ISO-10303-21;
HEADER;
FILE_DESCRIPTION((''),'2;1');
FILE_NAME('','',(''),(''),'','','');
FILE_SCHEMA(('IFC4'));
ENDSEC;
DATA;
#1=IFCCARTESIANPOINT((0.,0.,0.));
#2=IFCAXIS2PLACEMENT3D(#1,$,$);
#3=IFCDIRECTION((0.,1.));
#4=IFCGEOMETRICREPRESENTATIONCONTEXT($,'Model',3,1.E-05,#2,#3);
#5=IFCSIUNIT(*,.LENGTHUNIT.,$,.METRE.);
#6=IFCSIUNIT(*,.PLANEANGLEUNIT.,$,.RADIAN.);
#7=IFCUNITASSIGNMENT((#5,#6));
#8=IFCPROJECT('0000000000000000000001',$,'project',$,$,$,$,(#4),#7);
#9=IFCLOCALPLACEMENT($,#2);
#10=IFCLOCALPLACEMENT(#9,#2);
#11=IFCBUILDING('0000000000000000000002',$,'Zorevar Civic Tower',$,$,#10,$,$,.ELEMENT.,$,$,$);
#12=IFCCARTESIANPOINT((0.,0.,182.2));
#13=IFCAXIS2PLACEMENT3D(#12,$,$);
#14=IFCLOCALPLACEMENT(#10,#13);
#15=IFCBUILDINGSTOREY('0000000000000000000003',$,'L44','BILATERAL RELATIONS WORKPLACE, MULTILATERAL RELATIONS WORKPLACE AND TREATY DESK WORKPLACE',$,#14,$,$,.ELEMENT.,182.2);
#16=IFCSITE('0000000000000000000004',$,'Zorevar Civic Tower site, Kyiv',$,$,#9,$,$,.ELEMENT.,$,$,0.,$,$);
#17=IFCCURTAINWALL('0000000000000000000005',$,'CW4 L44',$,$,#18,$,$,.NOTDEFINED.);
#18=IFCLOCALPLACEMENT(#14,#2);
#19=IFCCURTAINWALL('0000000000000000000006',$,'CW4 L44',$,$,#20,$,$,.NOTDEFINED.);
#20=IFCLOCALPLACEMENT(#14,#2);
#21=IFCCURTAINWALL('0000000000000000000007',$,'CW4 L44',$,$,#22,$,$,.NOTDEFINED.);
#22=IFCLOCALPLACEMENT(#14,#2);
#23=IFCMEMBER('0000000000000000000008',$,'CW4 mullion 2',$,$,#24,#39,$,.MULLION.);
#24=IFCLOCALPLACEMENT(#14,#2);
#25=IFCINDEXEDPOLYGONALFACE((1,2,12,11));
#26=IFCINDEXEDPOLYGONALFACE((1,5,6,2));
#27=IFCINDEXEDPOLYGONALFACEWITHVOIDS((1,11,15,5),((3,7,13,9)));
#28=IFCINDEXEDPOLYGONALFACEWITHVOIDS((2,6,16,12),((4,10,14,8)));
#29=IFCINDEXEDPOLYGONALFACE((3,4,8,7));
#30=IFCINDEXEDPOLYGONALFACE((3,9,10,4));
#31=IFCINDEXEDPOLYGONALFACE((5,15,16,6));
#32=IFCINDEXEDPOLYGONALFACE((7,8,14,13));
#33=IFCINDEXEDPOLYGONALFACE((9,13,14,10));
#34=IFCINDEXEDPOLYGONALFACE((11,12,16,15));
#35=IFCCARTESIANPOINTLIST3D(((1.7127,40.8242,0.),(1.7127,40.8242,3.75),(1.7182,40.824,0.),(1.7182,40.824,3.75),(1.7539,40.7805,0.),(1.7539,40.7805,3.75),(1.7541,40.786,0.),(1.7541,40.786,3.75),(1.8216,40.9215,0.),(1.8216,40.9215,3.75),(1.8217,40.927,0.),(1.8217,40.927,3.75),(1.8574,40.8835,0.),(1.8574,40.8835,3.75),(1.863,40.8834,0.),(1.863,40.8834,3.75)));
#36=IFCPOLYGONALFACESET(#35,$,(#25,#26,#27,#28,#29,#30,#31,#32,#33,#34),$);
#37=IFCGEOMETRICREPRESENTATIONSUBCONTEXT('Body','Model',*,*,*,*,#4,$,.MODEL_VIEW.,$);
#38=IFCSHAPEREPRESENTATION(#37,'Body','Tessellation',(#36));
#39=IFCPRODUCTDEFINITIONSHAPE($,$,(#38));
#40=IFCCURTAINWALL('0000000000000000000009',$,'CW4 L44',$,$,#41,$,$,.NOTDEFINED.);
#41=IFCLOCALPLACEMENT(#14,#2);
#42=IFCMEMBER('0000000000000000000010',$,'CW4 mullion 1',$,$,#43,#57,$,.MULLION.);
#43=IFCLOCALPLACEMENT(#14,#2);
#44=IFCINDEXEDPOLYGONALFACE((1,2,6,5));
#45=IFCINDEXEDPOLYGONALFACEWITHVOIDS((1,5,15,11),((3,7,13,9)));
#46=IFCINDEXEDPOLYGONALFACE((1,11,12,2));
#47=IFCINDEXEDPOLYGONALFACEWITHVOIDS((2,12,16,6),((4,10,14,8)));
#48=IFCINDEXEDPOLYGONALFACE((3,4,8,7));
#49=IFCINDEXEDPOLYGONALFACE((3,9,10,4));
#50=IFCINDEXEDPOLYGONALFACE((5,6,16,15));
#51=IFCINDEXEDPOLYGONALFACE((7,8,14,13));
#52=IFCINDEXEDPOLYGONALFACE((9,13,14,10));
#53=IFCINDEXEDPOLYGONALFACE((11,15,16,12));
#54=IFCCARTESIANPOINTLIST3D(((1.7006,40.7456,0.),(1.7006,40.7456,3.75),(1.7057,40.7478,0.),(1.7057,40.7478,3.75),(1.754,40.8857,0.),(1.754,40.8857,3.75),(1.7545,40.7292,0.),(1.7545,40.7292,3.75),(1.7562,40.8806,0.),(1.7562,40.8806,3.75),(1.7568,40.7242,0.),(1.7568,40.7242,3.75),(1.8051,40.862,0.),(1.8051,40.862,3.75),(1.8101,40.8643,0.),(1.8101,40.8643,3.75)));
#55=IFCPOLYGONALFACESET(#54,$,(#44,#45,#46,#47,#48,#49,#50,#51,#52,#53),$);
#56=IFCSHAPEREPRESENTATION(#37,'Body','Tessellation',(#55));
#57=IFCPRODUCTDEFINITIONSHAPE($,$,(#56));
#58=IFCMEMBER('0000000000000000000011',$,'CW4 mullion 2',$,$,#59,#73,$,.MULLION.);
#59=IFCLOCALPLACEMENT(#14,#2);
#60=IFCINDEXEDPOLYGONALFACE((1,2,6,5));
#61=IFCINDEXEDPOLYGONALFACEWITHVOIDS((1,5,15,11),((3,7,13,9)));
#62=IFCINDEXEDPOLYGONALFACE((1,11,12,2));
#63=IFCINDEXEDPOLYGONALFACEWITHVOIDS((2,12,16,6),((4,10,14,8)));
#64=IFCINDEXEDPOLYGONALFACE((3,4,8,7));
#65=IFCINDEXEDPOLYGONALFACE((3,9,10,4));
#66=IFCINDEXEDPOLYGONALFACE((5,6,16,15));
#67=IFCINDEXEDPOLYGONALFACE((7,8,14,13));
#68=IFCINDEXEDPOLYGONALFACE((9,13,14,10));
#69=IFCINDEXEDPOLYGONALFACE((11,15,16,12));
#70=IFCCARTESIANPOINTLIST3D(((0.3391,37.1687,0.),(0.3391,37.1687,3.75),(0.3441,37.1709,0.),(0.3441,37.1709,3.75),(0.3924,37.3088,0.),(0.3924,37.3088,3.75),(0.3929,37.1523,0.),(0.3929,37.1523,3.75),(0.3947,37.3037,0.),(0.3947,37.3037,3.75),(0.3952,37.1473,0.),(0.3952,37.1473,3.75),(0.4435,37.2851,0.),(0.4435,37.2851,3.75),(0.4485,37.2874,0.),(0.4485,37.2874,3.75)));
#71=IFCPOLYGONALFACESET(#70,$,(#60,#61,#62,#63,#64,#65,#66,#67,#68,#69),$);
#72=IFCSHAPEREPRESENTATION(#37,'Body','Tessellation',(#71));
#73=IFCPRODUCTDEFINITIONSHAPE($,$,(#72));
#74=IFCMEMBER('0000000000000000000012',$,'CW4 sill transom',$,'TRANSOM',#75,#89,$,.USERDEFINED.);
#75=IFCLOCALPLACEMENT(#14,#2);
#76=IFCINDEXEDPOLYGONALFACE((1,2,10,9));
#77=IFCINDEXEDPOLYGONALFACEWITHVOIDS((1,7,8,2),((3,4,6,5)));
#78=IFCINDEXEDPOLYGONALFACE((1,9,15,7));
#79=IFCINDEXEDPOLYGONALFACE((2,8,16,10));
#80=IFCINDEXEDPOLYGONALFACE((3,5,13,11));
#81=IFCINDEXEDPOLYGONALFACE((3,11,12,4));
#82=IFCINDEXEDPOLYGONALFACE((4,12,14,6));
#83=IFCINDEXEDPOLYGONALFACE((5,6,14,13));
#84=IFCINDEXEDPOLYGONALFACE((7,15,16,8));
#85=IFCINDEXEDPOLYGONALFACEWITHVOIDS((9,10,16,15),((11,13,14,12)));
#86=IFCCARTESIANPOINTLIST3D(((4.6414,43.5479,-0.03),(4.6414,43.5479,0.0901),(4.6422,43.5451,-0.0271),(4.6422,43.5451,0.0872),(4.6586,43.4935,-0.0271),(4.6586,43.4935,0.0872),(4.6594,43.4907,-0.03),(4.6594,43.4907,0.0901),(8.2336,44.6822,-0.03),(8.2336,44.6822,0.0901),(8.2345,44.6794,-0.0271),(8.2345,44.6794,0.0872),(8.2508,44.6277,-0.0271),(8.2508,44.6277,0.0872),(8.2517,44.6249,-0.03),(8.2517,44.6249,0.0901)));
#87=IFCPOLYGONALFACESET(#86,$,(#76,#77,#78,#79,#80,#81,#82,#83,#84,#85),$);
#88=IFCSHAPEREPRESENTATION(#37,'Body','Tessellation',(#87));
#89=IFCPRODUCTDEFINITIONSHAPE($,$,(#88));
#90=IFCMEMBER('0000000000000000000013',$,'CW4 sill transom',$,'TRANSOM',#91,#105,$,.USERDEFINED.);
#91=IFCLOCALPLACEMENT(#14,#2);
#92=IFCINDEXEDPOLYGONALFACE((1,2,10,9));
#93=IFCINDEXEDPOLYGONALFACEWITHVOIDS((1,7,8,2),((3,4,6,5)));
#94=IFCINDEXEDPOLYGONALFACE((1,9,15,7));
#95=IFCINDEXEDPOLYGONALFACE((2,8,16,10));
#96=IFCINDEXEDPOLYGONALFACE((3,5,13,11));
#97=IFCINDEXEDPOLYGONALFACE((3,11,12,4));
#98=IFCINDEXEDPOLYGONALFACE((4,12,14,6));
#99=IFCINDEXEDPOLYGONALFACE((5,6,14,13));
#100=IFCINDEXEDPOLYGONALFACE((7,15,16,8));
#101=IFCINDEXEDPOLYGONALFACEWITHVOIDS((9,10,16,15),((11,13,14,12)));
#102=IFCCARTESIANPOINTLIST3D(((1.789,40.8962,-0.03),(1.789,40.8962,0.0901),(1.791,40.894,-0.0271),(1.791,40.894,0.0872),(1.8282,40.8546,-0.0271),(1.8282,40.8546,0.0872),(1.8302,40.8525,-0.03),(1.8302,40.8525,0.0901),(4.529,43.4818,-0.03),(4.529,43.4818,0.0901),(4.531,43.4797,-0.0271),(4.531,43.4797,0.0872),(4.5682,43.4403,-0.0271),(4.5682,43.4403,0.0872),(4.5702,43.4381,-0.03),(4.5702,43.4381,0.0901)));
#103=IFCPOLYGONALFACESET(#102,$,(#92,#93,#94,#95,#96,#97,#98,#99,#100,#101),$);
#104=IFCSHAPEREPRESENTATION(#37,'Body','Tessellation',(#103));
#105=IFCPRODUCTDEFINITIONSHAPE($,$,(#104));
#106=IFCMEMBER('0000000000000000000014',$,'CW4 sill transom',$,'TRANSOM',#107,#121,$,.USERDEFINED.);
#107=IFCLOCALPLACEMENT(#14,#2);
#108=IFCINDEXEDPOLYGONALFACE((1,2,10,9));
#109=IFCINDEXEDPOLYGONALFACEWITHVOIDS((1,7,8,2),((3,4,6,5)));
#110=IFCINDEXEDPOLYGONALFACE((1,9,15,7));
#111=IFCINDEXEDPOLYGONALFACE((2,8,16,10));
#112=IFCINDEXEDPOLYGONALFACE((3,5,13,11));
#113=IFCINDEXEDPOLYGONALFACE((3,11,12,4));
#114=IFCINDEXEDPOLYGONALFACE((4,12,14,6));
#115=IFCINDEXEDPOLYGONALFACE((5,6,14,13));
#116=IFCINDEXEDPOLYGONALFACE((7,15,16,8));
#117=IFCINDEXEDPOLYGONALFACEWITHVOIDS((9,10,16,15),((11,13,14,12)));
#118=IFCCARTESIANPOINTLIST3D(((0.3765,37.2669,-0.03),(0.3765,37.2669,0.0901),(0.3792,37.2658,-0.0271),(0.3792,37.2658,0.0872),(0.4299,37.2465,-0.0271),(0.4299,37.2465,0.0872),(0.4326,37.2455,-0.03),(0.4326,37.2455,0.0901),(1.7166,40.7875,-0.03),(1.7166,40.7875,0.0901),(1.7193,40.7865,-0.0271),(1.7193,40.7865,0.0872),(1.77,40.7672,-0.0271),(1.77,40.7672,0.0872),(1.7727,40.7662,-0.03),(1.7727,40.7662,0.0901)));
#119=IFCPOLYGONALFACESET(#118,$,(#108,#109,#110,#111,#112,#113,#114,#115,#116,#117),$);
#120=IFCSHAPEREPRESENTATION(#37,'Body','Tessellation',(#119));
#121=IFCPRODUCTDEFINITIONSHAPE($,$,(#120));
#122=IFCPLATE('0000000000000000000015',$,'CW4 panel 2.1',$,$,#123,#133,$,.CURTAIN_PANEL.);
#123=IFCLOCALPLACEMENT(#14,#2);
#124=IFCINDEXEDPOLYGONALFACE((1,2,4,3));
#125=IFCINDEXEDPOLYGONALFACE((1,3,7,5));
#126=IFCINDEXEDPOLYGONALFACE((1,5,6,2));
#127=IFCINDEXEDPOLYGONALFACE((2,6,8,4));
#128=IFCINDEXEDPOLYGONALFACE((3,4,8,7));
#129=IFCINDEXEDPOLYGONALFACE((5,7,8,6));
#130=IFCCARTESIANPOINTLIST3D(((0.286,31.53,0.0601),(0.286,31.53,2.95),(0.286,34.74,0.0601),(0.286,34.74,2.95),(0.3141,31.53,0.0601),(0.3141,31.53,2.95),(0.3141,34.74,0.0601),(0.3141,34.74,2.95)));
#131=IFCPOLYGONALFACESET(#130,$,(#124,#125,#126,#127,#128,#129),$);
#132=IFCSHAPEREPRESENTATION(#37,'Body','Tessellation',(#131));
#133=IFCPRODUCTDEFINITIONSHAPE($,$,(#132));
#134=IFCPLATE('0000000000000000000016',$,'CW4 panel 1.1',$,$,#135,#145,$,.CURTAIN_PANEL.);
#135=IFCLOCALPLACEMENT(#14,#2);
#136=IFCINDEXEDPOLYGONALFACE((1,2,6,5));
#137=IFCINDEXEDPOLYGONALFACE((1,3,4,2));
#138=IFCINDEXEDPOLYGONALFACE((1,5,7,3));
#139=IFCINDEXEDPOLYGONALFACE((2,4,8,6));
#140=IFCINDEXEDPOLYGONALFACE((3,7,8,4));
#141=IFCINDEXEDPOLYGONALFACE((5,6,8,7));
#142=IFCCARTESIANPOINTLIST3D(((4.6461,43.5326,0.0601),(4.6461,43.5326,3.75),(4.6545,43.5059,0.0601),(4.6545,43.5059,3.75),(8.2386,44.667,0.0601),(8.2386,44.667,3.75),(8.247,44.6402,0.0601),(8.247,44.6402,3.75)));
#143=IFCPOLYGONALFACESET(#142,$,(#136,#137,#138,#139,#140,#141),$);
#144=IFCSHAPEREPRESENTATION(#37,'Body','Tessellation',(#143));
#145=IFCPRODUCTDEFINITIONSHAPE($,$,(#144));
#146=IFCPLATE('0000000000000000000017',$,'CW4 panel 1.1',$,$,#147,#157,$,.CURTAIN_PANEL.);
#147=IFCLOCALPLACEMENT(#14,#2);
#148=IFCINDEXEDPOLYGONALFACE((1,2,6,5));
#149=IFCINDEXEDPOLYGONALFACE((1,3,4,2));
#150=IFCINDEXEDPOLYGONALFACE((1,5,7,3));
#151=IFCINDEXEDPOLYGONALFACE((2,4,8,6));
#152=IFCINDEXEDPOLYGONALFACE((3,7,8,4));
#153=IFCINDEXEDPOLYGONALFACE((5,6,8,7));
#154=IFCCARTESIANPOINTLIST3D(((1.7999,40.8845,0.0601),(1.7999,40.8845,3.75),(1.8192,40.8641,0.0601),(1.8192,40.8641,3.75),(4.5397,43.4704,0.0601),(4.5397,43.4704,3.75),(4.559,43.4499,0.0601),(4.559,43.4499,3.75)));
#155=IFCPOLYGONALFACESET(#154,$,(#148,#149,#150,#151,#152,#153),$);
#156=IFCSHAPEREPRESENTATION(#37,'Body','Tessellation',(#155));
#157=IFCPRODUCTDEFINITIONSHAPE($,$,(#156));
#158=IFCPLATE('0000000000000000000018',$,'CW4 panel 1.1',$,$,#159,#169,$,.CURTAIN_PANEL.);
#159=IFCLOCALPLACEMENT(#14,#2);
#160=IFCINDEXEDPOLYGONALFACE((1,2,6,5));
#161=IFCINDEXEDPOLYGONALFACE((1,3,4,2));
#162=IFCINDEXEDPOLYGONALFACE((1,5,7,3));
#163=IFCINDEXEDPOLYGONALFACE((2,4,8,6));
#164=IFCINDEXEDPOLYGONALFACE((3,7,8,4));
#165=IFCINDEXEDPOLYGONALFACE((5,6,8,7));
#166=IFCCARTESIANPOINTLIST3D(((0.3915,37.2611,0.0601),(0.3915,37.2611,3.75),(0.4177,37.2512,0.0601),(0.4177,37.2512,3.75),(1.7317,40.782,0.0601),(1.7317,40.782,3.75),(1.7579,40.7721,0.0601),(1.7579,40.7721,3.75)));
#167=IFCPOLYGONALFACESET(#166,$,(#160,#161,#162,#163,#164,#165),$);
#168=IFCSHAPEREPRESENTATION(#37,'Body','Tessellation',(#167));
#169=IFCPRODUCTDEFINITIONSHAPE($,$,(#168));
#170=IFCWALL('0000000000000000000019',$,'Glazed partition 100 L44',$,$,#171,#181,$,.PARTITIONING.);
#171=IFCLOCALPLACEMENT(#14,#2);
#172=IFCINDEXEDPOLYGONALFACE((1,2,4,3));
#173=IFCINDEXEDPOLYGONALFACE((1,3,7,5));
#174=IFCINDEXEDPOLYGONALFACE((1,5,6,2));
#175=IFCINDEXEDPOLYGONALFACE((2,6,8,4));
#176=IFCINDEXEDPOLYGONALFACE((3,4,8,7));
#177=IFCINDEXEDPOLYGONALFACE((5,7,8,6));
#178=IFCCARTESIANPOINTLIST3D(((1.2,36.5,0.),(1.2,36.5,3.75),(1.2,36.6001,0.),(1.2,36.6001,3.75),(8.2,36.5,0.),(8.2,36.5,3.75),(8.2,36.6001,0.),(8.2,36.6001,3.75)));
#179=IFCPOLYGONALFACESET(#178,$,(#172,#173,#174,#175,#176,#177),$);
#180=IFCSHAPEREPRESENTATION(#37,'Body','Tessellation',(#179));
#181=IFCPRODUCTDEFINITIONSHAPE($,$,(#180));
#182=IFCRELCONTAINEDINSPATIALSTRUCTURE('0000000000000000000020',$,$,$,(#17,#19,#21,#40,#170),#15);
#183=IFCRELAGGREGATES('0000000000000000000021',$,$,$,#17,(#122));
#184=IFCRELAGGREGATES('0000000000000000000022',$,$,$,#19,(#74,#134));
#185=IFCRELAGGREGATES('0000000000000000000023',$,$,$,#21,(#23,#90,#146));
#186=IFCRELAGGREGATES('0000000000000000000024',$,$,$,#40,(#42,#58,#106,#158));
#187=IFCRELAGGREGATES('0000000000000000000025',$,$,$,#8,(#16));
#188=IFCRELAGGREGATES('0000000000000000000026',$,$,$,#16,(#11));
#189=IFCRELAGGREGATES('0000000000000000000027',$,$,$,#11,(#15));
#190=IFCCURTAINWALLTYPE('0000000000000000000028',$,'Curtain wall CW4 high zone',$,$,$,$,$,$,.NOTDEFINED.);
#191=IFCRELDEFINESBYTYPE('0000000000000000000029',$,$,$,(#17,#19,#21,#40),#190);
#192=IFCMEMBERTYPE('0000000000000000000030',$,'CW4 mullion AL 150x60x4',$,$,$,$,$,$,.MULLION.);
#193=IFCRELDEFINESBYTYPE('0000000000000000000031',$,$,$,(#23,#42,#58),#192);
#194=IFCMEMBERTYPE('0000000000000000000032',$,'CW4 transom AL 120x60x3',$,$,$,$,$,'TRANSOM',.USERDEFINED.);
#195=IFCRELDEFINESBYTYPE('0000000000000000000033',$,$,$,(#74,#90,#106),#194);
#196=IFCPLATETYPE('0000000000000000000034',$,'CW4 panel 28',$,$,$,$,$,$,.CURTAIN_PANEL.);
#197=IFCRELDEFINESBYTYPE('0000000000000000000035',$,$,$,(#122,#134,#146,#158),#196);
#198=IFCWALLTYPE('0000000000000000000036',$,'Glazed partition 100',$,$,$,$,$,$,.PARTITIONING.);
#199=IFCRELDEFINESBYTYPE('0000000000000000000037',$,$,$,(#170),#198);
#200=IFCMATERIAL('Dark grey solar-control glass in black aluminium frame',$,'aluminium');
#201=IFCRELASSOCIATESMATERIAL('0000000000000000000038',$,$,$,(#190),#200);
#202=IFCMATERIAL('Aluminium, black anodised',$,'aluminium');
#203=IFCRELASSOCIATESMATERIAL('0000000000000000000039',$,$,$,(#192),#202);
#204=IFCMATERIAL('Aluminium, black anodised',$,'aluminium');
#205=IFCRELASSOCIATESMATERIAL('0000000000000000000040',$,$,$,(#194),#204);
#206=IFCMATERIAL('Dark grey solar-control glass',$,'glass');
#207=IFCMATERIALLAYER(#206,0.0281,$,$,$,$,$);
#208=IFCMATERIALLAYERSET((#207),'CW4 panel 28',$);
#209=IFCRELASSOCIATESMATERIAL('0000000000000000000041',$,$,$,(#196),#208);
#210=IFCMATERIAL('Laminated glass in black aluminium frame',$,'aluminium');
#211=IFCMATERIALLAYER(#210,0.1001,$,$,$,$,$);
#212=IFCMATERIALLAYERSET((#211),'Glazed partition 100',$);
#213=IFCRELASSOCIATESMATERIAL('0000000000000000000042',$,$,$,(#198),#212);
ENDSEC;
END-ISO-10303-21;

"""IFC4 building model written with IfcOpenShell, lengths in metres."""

from ifc_helpers import new_model, si_unit, direction, frame, frame_2d, origin, origin_2d, place, context, subcontext, project, spatial, rectangle, hollow_rectangle, extrude, material, layer, layer_set, material_profile, profile_set, type_object, element, aggregate, save


model = new_model("IFC4")

# Units and contexts
model_context = context("Model", 3, precision=1e-05, world=origin(), true_north=direction((0.0, 1.0)))
body_context = subcontext(model_context, "Body", "Model", "MODEL_VIEW")
ifc_project = project(units=[si_unit("LENGTHUNIT", "METRE"), si_unit("PLANEANGLEUNIT", "RADIAN")], contexts=[model_context])

# Site, building, storey
site_placement = place(None, origin())
site = spatial("IfcSite", under=ifc_project, at=site_placement, Name="Zorevar Civic Tower site, Kyiv", CompositionType="ELEMENT", RefElevation=0.0)
building_placement = place(site_placement, origin())
building = spatial("IfcBuilding", under=site, at=building_placement, Name="Zorevar Civic Tower", CompositionType="ELEMENT")
storey_placement = place(building_placement, frame((0.0, 0.0, 182.2)))
storey = spatial("IfcBuildingStorey", under=building, at=storey_placement, Name="L44", Description="BILATERAL RELATIONS WORKPLACE, MULTILATERAL RELATIONS WORKPLACE AND TREATY DESK WORKPLACE", CompositionType="ELEMENT", Elevation=182.2)

# Curtain walls, members
ifc_material_1 = material(Name="Dark grey solar-control glass in black aluminium frame", Category="aluminium")
curtain_wall_type = type_object("IfcCurtainWallType", Name="Curtain wall CW4 high zone", PredefinedType="NOTDEFINED", material=ifc_material_1)
curtain_wall_1_placement = place(storey_placement, origin())
curtain_wall_1 = element("IfcCurtainWall", 1, at=curtain_wall_1_placement, inside=storey, type_object=curtain_wall_type, Name="CW4 L44", PredefinedType="NOTDEFINED")
ifc_material_2 = material(Name="Aluminium, black anodised", Category="aluminium")
ifc_material_profile_1 = material_profile(ifc_material_2, hollow_rectangle(XDim=0.0601, YDim=0.1499, WallThickness=0.0039, at=origin_2d()), Name="AL 150x60x4")
ifc_profile_set_1 = profile_set([ifc_material_profile_1], Name="Aluminium, black anodised")
member_type_1 = type_object("IfcMemberType", Name="CW4 mullion AL 150x60x4", PredefinedType="MULLION", material=ifc_profile_set_1)
curtain_wall_2_placement = place(storey_placement, origin())
curtain_wall_2 = element("IfcCurtainWall", 2, at=curtain_wall_2_placement, inside=storey, type_object=curtain_wall_type, Name="CW4 L44", PredefinedType="NOTDEFINED")
curtain_wall_3_placement = place(storey_placement, origin())
curtain_wall_3 = element("IfcCurtainWall", 3, at=curtain_wall_3_placement, inside=storey, type_object=curtain_wall_type, Name="CW4 L44", PredefinedType="NOTDEFINED")
member_1_placement = place(storey_placement, frame((1.7878, 40.8538, 0.0), z_axis=(0.0, 0.0, 1.0), x_axis=(0.686378, -0.727245, 0.0)))
member_1 = element("IfcMember", 4, at=member_1_placement, type_object=member_type_1, Name="CW4 mullion 2", PredefinedType="MULLION", context=body_context, shape_type="SweptSolid", body=[
    extrude(hollow_rectangle(XDim=0.0601, YDim=0.1499, WallThickness=0.0039, at=origin_2d()), origin(), (0.0, 0.0, 1.0), 3.75),
])
curtain_wall_4_placement = place(storey_placement, origin())
curtain_wall_4 = element("IfcCurtainWall", 5, at=curtain_wall_4_placement, inside=storey, type_object=curtain_wall_type, Name="CW4 L44", PredefinedType="NOTDEFINED")
member_2_placement = place(storey_placement, frame((1.7554, 40.8049, 0.0), z_axis=(0.0, 0.0, 1.0), x_axis=(0.934588, -0.355731, 0.0)))
member_2 = element("IfcMember", 6, at=member_2_placement, type_object=member_type_1, Name="CW4 mullion 1", PredefinedType="MULLION", context=body_context, shape_type="SweptSolid", body=[
    extrude(hollow_rectangle(XDim=0.0601, YDim=0.1499, WallThickness=0.0039, at=origin_2d()), origin(), (0.0, 0.0, 1.0), 3.75),
])
member_3_placement = place(storey_placement, frame((0.3938, 37.228, 0.0), z_axis=(0.0, 0.0, 1.0), x_axis=(0.934588, -0.355731, 0.0)))
member_3 = element("IfcMember", 7, at=member_3_placement, type_object=member_type_1, Name="CW4 mullion 2", PredefinedType="MULLION", context=body_context, shape_type="SweptSolid", body=[
    extrude(hollow_rectangle(XDim=0.0601, YDim=0.1499, WallThickness=0.0039, at=origin_2d()), origin(), (0.0, 0.0, 1.0), 3.75),
])

# Members
ifc_material_3 = material(Name="Aluminium, black anodised", Category="aluminium")
ifc_material_profile_2 = material_profile(ifc_material_3, hollow_rectangle(XDim=0.0601, YDim=0.1201, WallThickness=0.0029, at=origin_2d()), Name="AL 120x60x3")
ifc_profile_set_2 = profile_set([ifc_material_profile_2], Name="Aluminium, black anodised")
member_type_2 = type_object("IfcMemberType", Name="CW4 transom AL 120x60x3", ElementType="TRANSOM", PredefinedType="USERDEFINED", material=ifc_profile_set_2)
member_4_placement = place(storey_placement, frame((8.2427, 44.6536, 0.03), z_axis=(-0.953592, -0.3011, 0.0), x_axis=(0.3011, -0.953592, 0.0)))
member_4 = element("IfcMember", 8, at=member_4_placement, type_object=member_type_2, Name="CW4 sill transom", ObjectType="TRANSOM", PredefinedType="USERDEFINED", context=body_context, shape_type="SweptSolid", body=[
    extrude(hollow_rectangle(XDim=0.0601, YDim=0.1201, WallThickness=0.0029, at=origin_2d()), origin(), (0.0, 0.0, 1.0), 3.7671),
])
member_5_placement = place(storey_placement, frame((4.5496, 43.46, 0.03), z_axis=(-0.727288, -0.686332, 0.0), x_axis=(0.686332, -0.727288, 0.0)))
member_5 = element("IfcMember", 9, at=member_5_placement, type_object=member_type_2, Name="CW4 sill transom", ObjectType="TRANSOM", PredefinedType="USERDEFINED", context=body_context, shape_type="SweptSolid", body=[
    extrude(hollow_rectangle(XDim=0.0601, YDim=0.1201, WallThickness=0.0029, at=origin_2d()), origin(), (0.0, 0.0, 1.0), 3.7673),
])
member_6_placement = place(storey_placement, frame((1.7446, 40.7769, 0.03), z_axis=(-0.355729, -0.934589, 0.0), x_axis=(0.934589, -0.355729, 0.0)))
member_6 = element("IfcMember", 10, at=member_6_placement, type_object=member_type_2, Name="CW4 sill transom", ObjectType="TRANSOM", PredefinedType="USERDEFINED", context=body_context, shape_type="SweptSolid", body=[
    extrude(hollow_rectangle(XDim=0.0601, YDim=0.1201, WallThickness=0.0029, at=origin_2d()), origin(), (0.0, 0.0, 1.0), 3.7671),
])

# Plates
ifc_material_4 = material(Name="Dark grey solar-control glass", Category="glass")
ifc_layer_1 = layer(ifc_material_4, 0.0281)
ifc_layer_set_1 = layer_set([ifc_layer_1], Name="CW4 panel 28")
plate_type = type_object("IfcPlateType", Name="CW4 panel 28", PredefinedType="CURTAIN_PANEL", material=ifc_layer_set_1)
plate_1_placement = place(storey_placement, frame((0.3, 33.135, 0.0601), z_axis=(0.0, 0.0, 1.0), x_axis=(0.0, 1.0, 0.0)))
plate_1 = element("IfcPlate", 11, at=plate_1_placement, type_object=plate_type, Name="CW4 panel 2.1", PredefinedType="CURTAIN_PANEL", context=body_context, shape_type="SweptSolid", body=[
    extrude(rectangle(XDim=3.21, YDim=0.0281, at=origin_2d()), origin(), (0.0, 0.0, 1.0), 2.8899),
])
aggregate(curtain_wall_1, [plate_1])
plate_2_placement = place(storey_placement, frame((6.4465, 44.0864, 0.0601), z_axis=(0.0, 0.0, 1.0), x_axis=(-0.95359, -0.301108, 0.0)))
plate_2 = element("IfcPlate", 12, at=plate_2_placement, type_object=plate_type, Name="CW4 panel 1.1", PredefinedType="CURTAIN_PANEL", context=body_context, shape_type="SweptSolid", body=[
    extrude(rectangle(XDim=3.7673, YDim=0.0281, at=origin_2d()), origin(), (0.0, 0.0, 1.0), 3.6899),
])
aggregate(curtain_wall_2, [member_4, plate_2])
plate_3_placement = place(storey_placement, frame((3.1794, 42.1672, 0.0601), z_axis=(0.0, 0.0, 1.0), x_axis=(-0.727245, -0.686378, 0.0)))
plate_3 = element("IfcPlate", 13, at=plate_3_placement, type_object=plate_type, Name="CW4 panel 1.1", PredefinedType="CURTAIN_PANEL", context=body_context, shape_type="SweptSolid", body=[
    extrude(rectangle(XDim=3.7673, YDim=0.0281, at=origin_2d()), origin(), (0.0, 0.0, 1.0), 3.6899),
])
aggregate(curtain_wall_3, [member_1, member_5, plate_3])
plate_4_placement = place(storey_placement, frame((1.0747, 39.0166, 0.0601), z_axis=(0.0, 0.0, 1.0), x_axis=(-0.355731, -0.934588, 0.0)))
plate_4 = element("IfcPlate", 14, at=plate_4_placement, type_object=plate_type, Name="CW4 panel 1.1", PredefinedType="CURTAIN_PANEL", context=body_context, shape_type="SweptSolid", body=[
    extrude(rectangle(XDim=3.7673, YDim=0.0281, at=origin_2d()), origin(), (0.0, 0.0, 1.0), 3.6899),
])
aggregate(curtain_wall_4, [member_2, member_3, member_6, plate_4])

# Wall
ifc_material_5 = material(Name="Laminated glass in black aluminium frame", Category="aluminium")
ifc_layer_2 = layer(ifc_material_5, 0.1001)
ifc_layer_set_2 = layer_set([ifc_layer_2], Name="Glazed partition 100")
wall_type = type_object("IfcWallType", Name="Glazed partition 100", PredefinedType="PARTITIONING", material=ifc_layer_set_2)
wall_placement = place(storey_placement, frame((1.2, 36.55, 0.0), z_axis=(0.0, 0.0, 1.0), x_axis=(1.0, 0.0, 0.0)))
element("IfcWall", 15, at=wall_placement, inside=storey, type_object=wall_type, Name="Glazed partition 100 L44", PredefinedType="PARTITIONING", context=body_context, shape_type="SweptSolid", body=[
    extrude(rectangle(XDim=7.0, YDim=0.1001, at=frame_2d((3.5, 0.0))), origin(), (0.0, 0.0, 1.0), 3.75),
])

save(model, "model.ifc")
